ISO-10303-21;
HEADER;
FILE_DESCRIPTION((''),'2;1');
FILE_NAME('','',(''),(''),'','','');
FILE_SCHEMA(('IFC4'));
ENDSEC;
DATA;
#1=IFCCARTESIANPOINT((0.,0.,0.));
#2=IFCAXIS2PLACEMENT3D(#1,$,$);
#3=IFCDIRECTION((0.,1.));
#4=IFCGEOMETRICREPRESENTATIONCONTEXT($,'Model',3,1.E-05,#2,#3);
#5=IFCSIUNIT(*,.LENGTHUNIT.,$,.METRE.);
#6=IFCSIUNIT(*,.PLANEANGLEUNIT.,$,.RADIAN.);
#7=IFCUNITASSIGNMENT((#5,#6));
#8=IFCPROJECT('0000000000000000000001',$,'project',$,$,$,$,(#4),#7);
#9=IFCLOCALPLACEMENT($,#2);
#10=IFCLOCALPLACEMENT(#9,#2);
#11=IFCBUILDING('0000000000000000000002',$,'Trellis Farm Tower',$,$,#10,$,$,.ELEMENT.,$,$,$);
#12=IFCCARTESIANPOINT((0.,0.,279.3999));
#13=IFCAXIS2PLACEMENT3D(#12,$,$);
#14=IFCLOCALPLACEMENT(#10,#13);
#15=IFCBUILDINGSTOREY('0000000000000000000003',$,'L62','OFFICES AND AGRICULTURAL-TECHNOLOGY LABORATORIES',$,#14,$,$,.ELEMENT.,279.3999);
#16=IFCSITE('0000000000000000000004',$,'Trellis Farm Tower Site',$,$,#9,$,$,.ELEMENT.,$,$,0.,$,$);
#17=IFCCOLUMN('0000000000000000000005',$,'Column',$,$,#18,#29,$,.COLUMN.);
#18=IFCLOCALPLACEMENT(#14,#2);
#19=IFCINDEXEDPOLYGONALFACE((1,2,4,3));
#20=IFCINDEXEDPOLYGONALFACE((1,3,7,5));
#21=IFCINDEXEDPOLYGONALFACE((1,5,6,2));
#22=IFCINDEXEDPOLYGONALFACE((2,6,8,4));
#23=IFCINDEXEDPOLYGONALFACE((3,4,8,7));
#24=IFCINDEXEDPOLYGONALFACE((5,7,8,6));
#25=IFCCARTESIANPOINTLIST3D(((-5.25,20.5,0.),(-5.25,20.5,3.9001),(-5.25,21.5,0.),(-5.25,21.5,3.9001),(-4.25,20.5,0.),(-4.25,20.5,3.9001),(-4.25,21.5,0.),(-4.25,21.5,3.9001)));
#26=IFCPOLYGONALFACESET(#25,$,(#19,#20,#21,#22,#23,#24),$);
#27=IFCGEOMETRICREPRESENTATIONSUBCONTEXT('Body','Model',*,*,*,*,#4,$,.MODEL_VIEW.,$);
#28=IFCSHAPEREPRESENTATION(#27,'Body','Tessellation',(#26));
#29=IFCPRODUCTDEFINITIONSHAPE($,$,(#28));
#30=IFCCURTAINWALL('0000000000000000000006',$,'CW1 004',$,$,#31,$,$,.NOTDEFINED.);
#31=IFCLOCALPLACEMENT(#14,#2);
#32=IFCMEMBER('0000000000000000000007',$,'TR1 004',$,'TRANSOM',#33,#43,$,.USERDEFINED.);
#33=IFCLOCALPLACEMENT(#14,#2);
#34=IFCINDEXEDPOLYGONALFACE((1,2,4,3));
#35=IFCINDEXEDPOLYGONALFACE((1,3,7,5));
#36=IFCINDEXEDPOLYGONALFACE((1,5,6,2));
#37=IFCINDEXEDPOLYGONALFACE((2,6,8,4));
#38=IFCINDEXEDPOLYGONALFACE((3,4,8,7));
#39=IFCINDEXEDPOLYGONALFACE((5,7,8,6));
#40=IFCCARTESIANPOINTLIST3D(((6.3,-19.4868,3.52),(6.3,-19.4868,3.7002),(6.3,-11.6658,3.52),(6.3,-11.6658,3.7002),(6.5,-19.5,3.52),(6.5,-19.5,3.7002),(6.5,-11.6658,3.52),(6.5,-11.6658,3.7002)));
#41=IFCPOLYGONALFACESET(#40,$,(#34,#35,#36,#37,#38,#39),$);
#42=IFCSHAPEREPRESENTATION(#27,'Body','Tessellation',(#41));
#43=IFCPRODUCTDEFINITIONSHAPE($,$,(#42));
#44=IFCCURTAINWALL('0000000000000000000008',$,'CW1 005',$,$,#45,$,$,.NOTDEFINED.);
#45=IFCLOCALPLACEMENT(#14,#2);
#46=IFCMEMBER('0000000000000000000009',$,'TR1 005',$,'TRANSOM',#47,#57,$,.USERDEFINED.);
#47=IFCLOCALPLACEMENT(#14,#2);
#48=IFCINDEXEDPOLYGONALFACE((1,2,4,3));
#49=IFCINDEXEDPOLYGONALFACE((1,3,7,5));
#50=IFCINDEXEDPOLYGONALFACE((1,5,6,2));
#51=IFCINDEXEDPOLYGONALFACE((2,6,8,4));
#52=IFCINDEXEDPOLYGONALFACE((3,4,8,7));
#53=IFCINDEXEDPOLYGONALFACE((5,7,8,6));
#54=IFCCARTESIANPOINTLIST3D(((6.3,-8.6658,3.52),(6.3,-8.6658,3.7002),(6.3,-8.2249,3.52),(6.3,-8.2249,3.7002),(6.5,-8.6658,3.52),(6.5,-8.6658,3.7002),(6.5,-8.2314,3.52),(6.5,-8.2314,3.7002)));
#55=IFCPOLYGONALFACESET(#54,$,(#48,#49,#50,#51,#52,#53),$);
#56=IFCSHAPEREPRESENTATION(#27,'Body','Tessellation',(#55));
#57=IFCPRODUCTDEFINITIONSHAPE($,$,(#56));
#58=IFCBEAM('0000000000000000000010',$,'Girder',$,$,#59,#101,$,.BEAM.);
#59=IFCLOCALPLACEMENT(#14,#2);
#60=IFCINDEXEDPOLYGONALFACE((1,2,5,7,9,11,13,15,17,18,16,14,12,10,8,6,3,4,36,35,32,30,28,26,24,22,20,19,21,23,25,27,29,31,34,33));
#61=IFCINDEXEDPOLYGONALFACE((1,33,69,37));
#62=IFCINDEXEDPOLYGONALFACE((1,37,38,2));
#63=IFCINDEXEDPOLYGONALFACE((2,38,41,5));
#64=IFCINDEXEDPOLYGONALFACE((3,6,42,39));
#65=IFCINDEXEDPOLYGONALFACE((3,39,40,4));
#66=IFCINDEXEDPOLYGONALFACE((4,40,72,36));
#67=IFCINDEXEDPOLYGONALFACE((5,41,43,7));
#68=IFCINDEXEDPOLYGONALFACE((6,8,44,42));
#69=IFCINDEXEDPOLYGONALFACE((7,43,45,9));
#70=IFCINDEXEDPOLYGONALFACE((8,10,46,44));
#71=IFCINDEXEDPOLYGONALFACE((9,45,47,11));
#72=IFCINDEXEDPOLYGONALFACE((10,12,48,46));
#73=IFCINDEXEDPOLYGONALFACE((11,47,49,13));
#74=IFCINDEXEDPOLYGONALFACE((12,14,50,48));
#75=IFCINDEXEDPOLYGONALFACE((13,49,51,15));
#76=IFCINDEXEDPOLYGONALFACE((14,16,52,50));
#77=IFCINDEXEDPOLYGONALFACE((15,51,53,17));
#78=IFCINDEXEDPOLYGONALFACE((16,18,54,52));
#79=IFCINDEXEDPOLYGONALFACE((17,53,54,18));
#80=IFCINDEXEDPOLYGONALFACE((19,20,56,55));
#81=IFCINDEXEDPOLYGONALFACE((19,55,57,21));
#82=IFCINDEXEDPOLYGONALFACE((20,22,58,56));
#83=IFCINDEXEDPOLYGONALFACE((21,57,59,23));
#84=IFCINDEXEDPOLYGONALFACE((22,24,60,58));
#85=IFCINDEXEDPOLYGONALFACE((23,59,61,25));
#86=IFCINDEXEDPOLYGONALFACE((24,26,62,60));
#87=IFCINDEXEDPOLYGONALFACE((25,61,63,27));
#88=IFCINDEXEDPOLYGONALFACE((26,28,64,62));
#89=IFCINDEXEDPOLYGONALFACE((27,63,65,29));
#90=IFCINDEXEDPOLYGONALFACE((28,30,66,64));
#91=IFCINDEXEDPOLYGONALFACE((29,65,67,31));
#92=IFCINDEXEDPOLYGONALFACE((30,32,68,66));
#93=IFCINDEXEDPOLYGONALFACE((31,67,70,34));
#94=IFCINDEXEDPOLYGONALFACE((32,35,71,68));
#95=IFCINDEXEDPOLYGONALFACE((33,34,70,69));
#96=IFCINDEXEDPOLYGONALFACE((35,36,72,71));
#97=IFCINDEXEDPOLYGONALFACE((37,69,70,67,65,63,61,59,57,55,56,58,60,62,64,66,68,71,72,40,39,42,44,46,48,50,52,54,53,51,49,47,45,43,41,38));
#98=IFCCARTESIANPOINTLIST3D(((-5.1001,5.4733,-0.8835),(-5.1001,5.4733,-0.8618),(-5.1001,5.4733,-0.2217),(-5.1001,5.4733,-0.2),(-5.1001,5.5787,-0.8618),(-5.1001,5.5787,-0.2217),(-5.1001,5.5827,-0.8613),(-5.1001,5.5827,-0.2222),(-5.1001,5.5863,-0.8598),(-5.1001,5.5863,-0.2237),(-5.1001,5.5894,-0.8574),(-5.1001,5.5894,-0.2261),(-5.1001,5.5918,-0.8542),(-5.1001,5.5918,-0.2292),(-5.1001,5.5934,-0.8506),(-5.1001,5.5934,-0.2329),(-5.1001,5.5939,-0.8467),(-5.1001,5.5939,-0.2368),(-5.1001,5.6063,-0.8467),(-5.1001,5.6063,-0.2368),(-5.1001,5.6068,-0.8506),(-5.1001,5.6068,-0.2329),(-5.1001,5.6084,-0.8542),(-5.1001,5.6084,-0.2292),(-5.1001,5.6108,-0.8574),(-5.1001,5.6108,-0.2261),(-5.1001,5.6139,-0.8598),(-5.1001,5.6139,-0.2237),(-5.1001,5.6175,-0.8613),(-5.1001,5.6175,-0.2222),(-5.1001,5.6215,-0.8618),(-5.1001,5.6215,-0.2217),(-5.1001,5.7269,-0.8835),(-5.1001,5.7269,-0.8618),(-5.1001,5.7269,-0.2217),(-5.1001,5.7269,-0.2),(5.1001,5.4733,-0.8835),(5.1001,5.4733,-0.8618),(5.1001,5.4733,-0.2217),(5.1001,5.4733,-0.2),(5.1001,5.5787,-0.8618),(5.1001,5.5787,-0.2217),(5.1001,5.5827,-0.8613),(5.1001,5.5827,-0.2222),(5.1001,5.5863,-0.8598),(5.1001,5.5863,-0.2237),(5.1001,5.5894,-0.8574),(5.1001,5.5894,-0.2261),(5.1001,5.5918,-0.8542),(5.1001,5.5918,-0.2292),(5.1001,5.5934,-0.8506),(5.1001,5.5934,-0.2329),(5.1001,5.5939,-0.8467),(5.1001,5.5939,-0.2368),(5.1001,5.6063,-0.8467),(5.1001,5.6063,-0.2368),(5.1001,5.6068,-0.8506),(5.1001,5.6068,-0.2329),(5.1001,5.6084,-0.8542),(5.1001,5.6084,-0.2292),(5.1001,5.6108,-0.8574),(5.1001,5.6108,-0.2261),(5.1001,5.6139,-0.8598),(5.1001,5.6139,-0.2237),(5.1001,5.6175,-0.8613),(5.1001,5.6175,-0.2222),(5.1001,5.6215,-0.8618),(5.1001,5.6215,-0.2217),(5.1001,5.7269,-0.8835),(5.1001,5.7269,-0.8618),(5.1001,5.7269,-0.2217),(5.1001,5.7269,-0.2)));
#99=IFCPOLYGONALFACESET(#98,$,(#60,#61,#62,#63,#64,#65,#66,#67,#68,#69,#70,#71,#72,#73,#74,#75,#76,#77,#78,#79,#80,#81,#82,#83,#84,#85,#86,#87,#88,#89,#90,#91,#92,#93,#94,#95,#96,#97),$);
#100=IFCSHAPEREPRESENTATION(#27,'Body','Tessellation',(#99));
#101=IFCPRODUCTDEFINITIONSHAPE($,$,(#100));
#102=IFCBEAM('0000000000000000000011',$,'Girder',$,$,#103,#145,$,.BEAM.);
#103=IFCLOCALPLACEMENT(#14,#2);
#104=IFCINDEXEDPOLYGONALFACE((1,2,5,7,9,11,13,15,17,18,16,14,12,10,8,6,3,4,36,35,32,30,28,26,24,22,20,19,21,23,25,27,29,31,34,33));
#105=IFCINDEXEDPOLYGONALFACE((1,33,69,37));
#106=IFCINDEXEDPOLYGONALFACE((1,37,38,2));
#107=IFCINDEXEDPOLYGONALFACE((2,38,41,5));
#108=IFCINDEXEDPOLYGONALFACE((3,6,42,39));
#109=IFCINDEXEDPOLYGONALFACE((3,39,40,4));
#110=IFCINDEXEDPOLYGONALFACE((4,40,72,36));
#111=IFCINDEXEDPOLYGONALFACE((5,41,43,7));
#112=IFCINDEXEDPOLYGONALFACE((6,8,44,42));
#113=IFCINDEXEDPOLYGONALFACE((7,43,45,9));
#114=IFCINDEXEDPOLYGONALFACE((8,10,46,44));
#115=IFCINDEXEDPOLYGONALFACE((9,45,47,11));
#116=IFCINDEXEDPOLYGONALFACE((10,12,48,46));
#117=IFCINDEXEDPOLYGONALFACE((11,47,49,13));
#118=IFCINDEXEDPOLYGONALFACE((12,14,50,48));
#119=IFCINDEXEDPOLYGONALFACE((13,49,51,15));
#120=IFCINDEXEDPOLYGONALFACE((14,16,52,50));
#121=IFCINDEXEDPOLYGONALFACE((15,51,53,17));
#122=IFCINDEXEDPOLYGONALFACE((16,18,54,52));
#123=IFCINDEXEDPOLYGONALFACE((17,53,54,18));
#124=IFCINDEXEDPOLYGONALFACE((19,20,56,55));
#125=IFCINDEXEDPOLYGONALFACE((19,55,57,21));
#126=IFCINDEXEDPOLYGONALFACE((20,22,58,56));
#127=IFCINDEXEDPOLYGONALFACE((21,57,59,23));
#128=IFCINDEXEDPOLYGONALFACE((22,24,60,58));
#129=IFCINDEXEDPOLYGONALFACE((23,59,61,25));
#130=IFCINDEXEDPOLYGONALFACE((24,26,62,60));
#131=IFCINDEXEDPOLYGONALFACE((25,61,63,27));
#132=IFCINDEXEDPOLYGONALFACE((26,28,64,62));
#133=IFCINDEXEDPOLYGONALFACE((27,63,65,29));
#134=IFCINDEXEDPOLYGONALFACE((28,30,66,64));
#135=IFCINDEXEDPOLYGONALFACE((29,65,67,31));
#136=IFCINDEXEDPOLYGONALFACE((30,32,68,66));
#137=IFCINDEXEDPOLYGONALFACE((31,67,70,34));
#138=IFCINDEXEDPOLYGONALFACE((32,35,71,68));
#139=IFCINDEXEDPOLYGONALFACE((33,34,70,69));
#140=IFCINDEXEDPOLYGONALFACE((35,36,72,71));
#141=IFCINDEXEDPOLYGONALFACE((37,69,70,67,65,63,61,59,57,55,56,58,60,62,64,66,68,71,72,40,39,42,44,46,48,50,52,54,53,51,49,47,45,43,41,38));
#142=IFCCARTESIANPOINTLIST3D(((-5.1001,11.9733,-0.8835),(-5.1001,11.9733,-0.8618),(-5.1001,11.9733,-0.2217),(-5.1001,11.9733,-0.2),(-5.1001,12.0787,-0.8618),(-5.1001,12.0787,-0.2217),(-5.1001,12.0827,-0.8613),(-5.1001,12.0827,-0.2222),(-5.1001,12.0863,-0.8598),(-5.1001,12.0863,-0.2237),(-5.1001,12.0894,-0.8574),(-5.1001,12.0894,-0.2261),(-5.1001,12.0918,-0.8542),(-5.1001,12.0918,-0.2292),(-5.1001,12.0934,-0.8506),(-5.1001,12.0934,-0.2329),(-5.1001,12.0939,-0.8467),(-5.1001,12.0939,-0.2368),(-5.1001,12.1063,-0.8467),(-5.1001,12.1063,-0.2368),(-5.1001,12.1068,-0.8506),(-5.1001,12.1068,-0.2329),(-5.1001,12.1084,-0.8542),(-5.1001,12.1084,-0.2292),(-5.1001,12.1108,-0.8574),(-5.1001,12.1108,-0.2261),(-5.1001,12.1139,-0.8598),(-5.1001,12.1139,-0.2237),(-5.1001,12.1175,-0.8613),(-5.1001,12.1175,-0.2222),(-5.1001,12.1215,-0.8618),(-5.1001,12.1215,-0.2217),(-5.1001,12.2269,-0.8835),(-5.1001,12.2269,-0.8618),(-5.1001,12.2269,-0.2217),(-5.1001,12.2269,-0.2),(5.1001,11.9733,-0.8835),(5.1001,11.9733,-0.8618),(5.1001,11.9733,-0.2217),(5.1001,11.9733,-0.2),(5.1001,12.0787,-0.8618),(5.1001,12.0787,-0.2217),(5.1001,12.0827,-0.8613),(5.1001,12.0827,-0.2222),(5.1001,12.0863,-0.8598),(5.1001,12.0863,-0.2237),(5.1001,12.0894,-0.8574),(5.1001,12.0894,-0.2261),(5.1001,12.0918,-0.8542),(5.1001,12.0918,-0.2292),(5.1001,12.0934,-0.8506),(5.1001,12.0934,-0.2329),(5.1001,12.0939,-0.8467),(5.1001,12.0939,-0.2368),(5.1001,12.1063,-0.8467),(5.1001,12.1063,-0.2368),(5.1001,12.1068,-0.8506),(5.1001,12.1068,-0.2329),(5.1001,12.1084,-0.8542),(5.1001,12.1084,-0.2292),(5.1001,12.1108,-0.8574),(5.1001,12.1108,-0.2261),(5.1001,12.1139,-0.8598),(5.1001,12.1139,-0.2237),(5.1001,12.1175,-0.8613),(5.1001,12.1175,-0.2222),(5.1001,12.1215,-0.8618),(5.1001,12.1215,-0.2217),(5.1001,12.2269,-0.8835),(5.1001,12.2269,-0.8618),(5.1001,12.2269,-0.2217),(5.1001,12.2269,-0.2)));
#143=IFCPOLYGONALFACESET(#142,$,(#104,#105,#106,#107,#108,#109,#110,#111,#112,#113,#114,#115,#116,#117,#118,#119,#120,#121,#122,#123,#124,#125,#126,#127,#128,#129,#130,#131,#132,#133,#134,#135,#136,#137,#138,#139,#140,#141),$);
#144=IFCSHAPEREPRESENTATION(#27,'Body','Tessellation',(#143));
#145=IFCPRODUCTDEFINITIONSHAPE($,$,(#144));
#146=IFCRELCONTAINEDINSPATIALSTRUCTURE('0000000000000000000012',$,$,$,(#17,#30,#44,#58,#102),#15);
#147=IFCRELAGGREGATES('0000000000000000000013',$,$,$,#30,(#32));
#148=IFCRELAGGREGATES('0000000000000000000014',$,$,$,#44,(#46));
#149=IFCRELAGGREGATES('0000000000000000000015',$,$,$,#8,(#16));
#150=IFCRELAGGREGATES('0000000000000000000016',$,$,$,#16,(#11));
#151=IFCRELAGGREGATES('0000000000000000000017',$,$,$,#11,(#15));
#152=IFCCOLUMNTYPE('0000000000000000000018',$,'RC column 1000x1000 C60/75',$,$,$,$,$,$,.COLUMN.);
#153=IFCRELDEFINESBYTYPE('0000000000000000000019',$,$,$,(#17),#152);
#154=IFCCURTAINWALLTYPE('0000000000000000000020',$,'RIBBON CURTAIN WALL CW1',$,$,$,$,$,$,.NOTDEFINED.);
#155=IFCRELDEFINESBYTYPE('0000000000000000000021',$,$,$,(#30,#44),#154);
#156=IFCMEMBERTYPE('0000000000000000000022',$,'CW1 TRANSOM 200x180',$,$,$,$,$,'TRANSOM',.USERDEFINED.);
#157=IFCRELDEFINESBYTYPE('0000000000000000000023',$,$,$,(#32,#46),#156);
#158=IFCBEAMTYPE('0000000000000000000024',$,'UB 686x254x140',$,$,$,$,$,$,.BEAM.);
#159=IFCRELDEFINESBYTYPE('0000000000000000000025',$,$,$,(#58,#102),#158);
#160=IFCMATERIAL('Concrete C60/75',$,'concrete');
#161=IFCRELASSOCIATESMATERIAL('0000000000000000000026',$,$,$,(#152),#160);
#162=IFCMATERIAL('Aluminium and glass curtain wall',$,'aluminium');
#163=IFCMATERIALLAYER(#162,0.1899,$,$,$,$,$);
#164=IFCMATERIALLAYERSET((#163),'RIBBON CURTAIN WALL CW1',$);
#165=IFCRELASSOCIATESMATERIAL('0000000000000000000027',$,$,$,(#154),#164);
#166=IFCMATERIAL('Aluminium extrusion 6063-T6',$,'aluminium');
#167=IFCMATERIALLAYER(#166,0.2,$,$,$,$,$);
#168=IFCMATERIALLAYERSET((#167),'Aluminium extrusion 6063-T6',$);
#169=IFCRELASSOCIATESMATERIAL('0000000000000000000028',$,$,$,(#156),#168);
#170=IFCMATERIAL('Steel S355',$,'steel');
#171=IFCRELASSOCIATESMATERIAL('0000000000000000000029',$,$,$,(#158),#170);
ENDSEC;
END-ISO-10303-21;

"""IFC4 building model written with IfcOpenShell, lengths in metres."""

from ifc_helpers import new_model, si_unit, direction, frame, origin, origin_2d, place, context, subcontext, project, spatial, polyline, rectangle, i_section, outline, extrude, source, transform, mapped, material, layer, layer_set, material_profile, profile_set, type_object, element, aggregate, save


model = new_model("IFC4")

# Units and contexts
model_context = context("Model", 3, precision=1e-05, world=origin(), true_north=direction((0.0, 1.0)))
body_context = subcontext(model_context, "Body", "Model", "MODEL_VIEW")
ifc_project = project(units=[si_unit("LENGTHUNIT", "METRE"), si_unit("PLANEANGLEUNIT", "RADIAN")], contexts=[model_context])

# Site, building, storey
site_placement = place(None, origin())
site = spatial("IfcSite", under=ifc_project, at=site_placement, Name="Trellis Farm Tower Site", CompositionType="ELEMENT", RefElevation=0.0)
building_placement = place(site_placement, origin())
building = spatial("IfcBuilding", under=site, at=building_placement, Name="Trellis Farm Tower", CompositionType="ELEMENT")
storey_placement = place(building_placement, frame((0.0, 0.0, 279.3999)))
storey = spatial("IfcBuildingStorey", under=building, at=storey_placement, Name="L62", Description="OFFICES AND AGRICULTURAL-TECHNOLOGY LABORATORIES", CompositionType="ELEMENT", Elevation=279.3999)

# Column
ifc_material_1 = material(Name="Concrete C60/75", Category="concrete")
ifc_material_profile_1 = material_profile(ifc_material_1, rectangle(XDim=1.0, YDim=1.0, at=origin_2d()), Name="RC column 1000x1000 C60/75")
ifc_profile_set_1 = profile_set([ifc_material_profile_1], Name="Concrete C60/75")
column_type = type_object("IfcColumnType", Name="RC column 1000x1000 C60/75", PredefinedType="COLUMN", material=ifc_profile_set_1)
shared_shape_1 = source(origin(), body_context, "Body", "SweptSolid", [
    extrude(rectangle(XDim=1.0, YDim=1.0, at=origin_2d()), origin(), (0.0, 0.0, 1.0), 3.9001),
])
column_placement = place(storey_placement, frame((-4.75, 21.0, 0.0), z_axis=(0.0, 0.0, 1.0), x_axis=(1.0, 0.0, 0.0)))
element("IfcColumn", 1, at=column_placement, inside=storey, type_object=column_type, Name="Column", PredefinedType="COLUMN", context=body_context, shape_type="MappedRepresentation", body=[
    mapped(shared_shape_1, transform((0.0, 0.0, 0.0))),
])

# Curtain walls, members
ifc_material_2 = material(Name="Aluminium and glass curtain wall", Category="aluminium")
ifc_layer_1 = layer(ifc_material_2, 0.1899)
ifc_layer_set_1 = layer_set([ifc_layer_1], Name="RIBBON CURTAIN WALL CW1")
curtain_wall_type_1 = type_object("IfcCurtainWallType", Name="RIBBON CURTAIN WALL CW1", PredefinedType="NOTDEFINED", material=ifc_layer_set_1)
placement_1 = place(storey_placement, origin())
curtain_wall_1 = element("IfcCurtainWall", 2, at=placement_1, inside=storey, type_object=curtain_wall_type_1, Name="CW1 004", PredefinedType="NOTDEFINED")
ifc_material_3 = material(Name="Aluminium extrusion 6063-T6", Category="aluminium")
ifc_layer_2 = layer(ifc_material_3, 0.2)
ifc_layer_set_2 = layer_set([ifc_layer_2], Name="Aluminium extrusion 6063-T6")
member_type_1 = type_object("IfcMemberType", Name="CW1 TRANSOM 200x180", ElementType="TRANSOM", PredefinedType="USERDEFINED", material=ifc_layer_set_2)
placement_2 = place(storey_placement, frame((0.0, 0.0, 3.52)))
member_1 = element("IfcMember", 3, at=placement_2, type_object=member_type_1, Name="TR1 004", ObjectType="TRANSOM", PredefinedType="USERDEFINED", context=body_context, shape_type="SweptSolid", body=[
    extrude(outline(polyline([(6.5, -19.5), (6.5, -11.6658), (6.3, -11.6658), (6.3, -19.4868), (6.5, -19.5)])), origin(), (0.0, 0.0, 1.0), 0.1802),
])
curtain_wall_2 = element("IfcCurtainWall", 4, at=placement_1, inside=storey, type_object=curtain_wall_type_1, Name="CW1 005", PredefinedType="NOTDEFINED")
member_2 = element("IfcMember", 5, at=placement_2, type_object=member_type_1, Name="TR1 005", ObjectType="TRANSOM", PredefinedType="USERDEFINED", context=body_context, shape_type="SweptSolid", body=[
    extrude(outline(polyline([(6.5, -8.6658), (6.5, -8.2314), (6.3, -8.2249), (6.3, -8.6658), (6.5, -8.6658)])), origin(), (0.0, 0.0, 1.0), 0.1802),
])

# Beams
ifc_material_4 = material(Name="Steel S355", Category="steel")
ifc_material_profile_2 = material_profile(ifc_material_4, i_section(OverallWidth=0.2537, OverallDepth=0.6836, WebThickness=0.0125, FlangeThickness=0.0217, FilletRadius=0.0151, at=origin_2d()), Name="UB 686x254x140")
ifc_profile_set_2 = profile_set([ifc_material_profile_2], Name="Steel S355")
beam_type_1 = type_object("IfcBeamType", Name="UB 686x254x140", PredefinedType="BEAM", material=ifc_profile_set_2)
shared_shape_2 = source(origin(), body_context, "Body", "SweptSolid", [
    extrude(i_section(OverallWidth=0.2537, OverallDepth=0.6836, WebThickness=0.0125, FlangeThickness=0.0217, FilletRadius=0.0151, at=origin_2d()), origin(), (0.0, 0.0, 1.0), 10.2002),
])
for number, where, z_axis, x_axis, name in (
    (6, (-5.1001, 5.6001, -0.5417), (1.0, 0.0, 0.0), (0.0, 1.0, 0.0), "Girder"),
    (7, (-5.1001, 12.1001, -0.5417), (1.0, 0.0, 0.0), (0.0, 1.0, 0.0), "Girder"),
):
    element("IfcBeam", number, at=place(storey_placement, frame(where, z_axis=z_axis, x_axis=x_axis)), inside=storey, type_object=beam_type_1, Name=name, PredefinedType="BEAM", context=body_context, shape_type="MappedRepresentation", body=[
        mapped(shared_shape_2, transform((0.0, 0.0, 0.0))),
    ])

aggregate(curtain_wall_1, [member_1])
aggregate(curtain_wall_2, [member_2])

save(model, "model.ifc")
